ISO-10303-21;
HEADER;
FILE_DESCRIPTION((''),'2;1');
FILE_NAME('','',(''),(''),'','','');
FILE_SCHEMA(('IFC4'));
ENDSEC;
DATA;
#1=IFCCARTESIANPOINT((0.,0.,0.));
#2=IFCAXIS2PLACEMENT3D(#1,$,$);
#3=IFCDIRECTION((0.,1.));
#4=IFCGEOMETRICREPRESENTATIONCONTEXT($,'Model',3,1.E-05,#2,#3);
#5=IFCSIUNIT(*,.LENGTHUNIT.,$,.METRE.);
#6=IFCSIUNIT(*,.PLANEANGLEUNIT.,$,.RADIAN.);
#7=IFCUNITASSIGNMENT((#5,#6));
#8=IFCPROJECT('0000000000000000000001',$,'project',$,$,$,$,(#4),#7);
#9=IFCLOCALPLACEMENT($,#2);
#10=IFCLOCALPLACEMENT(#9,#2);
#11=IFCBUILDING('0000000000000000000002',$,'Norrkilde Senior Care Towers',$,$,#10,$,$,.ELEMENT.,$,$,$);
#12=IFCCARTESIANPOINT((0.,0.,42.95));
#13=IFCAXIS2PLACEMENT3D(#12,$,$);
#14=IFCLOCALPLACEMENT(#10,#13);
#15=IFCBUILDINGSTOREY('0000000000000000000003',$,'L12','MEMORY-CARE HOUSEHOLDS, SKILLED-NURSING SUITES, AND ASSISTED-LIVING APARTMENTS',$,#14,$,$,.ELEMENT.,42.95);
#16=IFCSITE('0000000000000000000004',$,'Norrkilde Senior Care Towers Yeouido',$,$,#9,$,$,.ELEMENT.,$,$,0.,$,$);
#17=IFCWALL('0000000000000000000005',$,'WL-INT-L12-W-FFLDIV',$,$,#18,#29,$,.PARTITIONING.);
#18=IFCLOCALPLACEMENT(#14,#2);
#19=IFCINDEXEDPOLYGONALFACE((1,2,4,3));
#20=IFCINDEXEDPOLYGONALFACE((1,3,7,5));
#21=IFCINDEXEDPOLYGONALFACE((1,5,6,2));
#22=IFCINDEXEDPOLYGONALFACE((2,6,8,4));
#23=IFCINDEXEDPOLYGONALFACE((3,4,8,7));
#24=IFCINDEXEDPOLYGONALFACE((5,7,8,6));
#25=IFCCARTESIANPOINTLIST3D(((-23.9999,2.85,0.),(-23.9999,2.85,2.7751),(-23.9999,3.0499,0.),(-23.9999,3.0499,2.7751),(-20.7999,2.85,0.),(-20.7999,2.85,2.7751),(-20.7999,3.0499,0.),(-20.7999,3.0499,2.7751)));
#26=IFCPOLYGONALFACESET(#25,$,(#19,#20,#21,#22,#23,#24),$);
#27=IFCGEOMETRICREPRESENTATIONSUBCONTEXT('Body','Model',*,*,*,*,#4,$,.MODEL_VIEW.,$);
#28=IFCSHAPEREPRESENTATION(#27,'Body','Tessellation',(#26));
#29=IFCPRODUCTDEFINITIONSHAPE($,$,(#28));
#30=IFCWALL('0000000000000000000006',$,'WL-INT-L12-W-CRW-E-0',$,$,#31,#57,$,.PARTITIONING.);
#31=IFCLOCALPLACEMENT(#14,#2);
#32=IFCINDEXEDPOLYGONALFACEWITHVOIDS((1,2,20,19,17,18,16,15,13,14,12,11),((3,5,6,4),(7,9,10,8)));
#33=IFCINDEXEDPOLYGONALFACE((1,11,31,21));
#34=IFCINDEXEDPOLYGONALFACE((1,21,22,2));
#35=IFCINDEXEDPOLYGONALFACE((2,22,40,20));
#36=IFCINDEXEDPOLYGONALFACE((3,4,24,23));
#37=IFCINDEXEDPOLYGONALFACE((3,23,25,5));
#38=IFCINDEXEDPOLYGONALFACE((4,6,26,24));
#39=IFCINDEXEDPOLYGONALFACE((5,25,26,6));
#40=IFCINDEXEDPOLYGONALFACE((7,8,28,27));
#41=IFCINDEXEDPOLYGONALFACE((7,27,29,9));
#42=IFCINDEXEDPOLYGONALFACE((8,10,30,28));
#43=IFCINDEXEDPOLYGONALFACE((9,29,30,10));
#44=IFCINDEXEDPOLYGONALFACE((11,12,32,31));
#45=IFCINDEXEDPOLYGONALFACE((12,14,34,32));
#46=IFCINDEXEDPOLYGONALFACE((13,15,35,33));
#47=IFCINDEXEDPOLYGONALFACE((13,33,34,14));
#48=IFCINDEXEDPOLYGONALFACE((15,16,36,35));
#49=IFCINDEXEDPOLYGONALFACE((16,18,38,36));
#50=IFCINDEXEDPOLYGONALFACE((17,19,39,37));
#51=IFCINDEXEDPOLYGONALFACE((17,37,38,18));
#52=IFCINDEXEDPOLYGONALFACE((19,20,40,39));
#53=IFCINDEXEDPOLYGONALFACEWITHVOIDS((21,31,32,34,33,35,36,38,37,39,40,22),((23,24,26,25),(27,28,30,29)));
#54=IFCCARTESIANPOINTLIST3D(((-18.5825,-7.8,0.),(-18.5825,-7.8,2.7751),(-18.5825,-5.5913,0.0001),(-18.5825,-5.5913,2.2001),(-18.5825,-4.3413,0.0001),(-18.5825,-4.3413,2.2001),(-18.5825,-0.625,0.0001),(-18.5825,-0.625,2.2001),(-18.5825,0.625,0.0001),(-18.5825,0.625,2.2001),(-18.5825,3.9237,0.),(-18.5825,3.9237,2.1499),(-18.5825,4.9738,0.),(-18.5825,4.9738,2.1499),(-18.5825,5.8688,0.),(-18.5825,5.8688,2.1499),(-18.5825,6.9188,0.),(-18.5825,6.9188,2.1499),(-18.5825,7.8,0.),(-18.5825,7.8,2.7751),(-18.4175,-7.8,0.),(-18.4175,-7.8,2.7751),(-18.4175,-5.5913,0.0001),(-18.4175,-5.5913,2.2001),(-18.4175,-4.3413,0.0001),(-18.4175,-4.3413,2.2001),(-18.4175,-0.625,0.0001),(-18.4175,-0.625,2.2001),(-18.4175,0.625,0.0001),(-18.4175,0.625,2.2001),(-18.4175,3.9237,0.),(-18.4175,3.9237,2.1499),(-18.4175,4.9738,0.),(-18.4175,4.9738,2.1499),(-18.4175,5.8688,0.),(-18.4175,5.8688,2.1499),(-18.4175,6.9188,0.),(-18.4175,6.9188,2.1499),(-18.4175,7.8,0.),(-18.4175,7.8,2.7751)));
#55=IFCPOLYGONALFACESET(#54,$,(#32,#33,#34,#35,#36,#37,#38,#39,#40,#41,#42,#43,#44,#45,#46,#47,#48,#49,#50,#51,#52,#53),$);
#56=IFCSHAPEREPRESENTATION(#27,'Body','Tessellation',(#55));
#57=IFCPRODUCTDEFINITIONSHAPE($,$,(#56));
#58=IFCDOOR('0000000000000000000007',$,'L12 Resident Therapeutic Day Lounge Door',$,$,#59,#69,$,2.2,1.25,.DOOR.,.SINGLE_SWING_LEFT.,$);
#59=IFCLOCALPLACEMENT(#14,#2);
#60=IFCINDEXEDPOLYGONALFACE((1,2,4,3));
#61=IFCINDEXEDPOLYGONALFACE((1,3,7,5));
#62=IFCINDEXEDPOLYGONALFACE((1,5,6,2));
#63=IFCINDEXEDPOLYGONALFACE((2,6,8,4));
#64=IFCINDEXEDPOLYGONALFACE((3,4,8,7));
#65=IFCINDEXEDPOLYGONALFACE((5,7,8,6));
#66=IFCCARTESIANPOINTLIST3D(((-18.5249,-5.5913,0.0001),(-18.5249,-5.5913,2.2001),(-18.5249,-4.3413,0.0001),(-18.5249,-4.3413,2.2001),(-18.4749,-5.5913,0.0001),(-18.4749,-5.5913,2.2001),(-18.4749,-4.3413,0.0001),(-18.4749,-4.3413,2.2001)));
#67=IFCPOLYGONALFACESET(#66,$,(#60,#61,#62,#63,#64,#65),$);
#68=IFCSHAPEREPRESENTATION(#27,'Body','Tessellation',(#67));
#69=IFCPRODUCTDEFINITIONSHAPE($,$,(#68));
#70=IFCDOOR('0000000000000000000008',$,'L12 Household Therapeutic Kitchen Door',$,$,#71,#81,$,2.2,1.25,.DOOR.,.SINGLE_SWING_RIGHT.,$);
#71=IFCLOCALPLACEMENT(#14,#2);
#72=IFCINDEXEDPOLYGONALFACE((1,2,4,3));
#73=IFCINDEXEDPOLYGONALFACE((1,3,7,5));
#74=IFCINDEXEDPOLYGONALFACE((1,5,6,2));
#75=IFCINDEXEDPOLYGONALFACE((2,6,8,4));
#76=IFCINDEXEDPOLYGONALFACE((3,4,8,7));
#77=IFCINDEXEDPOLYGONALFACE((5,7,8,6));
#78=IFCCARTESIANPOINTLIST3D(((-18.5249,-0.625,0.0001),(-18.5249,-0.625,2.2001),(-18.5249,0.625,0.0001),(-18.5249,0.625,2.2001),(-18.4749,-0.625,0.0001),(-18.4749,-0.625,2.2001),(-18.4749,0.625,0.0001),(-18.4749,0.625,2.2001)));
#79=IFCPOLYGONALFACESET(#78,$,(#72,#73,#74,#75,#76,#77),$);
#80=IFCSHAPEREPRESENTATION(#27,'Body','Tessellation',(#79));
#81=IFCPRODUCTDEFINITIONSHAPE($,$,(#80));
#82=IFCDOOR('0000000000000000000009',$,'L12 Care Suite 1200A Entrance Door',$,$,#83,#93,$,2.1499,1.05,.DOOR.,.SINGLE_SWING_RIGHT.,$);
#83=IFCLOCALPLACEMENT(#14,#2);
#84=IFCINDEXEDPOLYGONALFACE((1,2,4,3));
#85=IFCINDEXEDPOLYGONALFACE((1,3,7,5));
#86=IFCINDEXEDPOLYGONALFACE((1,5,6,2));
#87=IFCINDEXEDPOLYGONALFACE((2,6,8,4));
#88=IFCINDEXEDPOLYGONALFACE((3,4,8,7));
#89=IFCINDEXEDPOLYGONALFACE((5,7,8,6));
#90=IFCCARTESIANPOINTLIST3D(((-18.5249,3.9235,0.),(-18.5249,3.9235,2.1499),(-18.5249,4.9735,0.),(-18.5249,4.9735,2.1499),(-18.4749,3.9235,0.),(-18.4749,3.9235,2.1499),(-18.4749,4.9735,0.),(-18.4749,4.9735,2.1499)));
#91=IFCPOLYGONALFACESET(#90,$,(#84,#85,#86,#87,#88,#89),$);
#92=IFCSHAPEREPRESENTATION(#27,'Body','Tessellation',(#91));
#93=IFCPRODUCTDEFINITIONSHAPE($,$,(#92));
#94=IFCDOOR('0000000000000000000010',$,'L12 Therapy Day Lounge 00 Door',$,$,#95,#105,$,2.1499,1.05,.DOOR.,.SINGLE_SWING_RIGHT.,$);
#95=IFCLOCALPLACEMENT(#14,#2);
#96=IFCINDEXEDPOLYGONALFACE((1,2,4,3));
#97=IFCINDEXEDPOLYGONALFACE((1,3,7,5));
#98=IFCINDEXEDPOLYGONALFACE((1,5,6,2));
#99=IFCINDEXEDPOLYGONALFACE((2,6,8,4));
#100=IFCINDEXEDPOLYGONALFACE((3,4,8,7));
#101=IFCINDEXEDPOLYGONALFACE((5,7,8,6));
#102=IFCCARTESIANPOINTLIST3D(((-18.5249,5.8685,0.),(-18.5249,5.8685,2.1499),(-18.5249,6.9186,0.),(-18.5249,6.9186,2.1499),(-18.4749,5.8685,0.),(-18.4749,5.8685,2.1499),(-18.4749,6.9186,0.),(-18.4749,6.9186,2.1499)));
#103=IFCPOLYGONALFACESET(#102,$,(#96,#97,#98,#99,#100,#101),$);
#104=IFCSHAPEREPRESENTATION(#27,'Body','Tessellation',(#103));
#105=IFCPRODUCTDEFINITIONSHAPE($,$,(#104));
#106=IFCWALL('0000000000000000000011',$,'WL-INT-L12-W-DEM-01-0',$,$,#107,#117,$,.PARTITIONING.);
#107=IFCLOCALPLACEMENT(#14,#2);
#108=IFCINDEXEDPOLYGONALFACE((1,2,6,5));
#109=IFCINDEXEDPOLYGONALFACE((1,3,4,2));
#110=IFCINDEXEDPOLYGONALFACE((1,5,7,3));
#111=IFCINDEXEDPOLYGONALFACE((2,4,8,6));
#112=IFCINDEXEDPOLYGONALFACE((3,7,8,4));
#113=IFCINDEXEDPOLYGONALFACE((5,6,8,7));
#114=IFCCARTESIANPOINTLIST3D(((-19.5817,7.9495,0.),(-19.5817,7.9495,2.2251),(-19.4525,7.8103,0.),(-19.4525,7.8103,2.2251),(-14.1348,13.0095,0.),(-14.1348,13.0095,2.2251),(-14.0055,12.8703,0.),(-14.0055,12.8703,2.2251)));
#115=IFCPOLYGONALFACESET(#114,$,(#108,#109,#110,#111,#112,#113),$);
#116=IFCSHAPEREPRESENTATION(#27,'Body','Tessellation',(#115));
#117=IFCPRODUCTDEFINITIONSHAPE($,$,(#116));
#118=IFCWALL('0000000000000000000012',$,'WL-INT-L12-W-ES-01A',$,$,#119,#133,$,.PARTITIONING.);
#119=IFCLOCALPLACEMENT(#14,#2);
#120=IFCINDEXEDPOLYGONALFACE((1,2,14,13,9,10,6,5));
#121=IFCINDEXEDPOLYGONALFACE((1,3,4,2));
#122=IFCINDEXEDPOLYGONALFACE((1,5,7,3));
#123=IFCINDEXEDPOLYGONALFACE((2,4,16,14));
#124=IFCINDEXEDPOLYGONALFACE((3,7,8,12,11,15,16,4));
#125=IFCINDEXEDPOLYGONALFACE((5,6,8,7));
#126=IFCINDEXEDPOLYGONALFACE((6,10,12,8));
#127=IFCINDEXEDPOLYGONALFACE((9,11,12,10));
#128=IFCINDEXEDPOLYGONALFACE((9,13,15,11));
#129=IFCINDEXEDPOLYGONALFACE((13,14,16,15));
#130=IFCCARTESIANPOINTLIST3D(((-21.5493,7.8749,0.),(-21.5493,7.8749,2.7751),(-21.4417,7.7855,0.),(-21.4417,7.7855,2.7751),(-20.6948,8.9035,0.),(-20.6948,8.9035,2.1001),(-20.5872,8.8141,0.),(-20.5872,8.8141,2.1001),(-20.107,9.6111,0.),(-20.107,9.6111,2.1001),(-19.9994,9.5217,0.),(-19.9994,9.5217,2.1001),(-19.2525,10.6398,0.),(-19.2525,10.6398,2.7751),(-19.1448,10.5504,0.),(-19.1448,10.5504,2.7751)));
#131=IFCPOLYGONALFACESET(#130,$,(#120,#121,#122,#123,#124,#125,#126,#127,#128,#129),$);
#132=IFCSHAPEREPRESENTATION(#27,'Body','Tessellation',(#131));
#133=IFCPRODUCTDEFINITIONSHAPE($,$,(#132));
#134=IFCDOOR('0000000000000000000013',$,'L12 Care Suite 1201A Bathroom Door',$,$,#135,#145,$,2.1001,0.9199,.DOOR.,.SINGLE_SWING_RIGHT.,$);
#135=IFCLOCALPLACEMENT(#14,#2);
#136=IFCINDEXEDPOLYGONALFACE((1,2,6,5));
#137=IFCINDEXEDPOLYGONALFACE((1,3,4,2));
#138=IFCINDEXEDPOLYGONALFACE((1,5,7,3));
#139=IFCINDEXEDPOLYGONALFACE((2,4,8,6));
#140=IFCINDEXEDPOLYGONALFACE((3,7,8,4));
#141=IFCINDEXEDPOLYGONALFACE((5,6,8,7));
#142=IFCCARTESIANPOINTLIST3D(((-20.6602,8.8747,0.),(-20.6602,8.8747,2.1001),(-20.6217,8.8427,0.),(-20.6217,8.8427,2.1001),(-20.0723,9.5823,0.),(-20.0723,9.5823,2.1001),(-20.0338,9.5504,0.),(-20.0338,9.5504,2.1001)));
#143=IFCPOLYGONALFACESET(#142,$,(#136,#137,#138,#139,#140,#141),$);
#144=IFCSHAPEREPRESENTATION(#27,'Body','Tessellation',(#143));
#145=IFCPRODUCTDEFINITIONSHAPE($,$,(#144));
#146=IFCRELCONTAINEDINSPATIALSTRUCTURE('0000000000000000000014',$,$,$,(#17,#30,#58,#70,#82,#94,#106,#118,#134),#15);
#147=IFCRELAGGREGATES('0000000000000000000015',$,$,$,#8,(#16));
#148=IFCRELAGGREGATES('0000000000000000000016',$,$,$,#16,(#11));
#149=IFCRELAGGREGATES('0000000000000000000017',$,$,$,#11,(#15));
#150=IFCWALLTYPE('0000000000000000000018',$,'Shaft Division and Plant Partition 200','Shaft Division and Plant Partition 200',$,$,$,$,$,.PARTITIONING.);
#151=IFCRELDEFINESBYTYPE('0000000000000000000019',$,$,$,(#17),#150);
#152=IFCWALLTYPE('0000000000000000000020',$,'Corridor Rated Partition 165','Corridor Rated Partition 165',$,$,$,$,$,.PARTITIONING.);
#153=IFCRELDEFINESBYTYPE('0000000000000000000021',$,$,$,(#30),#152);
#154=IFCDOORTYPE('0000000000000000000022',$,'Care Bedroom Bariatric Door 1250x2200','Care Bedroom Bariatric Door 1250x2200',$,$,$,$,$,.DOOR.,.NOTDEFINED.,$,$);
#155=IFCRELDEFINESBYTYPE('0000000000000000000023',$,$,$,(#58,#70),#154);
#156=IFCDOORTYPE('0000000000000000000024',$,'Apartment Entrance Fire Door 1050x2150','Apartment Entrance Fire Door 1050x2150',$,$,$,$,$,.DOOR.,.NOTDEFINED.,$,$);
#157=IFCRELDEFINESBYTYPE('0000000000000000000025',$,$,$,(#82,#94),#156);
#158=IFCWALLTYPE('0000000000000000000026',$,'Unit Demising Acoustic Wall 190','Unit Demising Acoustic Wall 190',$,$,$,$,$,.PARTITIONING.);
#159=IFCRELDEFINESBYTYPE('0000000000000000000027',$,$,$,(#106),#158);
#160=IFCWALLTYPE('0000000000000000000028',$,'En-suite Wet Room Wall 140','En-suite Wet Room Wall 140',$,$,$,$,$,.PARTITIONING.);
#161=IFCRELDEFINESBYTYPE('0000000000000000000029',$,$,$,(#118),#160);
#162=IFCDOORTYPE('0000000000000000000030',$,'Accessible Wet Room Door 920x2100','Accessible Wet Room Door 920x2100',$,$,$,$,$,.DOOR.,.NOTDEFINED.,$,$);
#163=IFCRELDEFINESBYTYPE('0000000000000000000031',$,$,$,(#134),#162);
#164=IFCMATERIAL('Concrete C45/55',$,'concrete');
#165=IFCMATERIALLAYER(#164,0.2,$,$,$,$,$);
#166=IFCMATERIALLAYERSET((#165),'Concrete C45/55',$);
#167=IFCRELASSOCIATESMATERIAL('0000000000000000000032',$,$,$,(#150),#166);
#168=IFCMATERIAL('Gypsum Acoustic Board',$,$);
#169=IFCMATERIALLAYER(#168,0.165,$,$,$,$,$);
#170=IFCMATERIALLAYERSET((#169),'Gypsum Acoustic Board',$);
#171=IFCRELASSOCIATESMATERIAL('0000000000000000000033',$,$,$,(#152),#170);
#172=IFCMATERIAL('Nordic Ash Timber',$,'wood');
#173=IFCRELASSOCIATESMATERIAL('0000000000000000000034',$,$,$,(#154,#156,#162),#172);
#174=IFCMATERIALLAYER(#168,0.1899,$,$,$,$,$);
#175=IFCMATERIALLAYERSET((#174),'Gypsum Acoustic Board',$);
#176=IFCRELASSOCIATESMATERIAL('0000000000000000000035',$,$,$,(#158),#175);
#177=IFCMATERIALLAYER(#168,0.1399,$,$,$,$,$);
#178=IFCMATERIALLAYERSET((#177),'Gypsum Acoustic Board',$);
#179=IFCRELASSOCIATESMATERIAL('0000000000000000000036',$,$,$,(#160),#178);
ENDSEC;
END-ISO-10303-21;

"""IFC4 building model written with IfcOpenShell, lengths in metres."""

from ifc_helpers import new_model, si_unit, direction, frame, frame_2d, origin, place, context, subcontext, project, spatial, rectangle, extrude, source, transform, mapped, material, layer, layer_set, type_object, type_shapes, element, fill, save


model = new_model("IFC4")

# Units and contexts
model_context = context("Model", 3, precision=1e-05, world=origin(), true_north=direction((0.0, 1.0)))
body_context = subcontext(model_context, "Body", "Model", "MODEL_VIEW")
ifc_project = project(units=[si_unit("LENGTHUNIT", "METRE"), si_unit("PLANEANGLEUNIT", "RADIAN")], contexts=[model_context])

# Site, building, storey
site_placement = place(None, origin())
site = spatial("IfcSite", under=ifc_project, at=site_placement, Name="Norrkilde Senior Care Towers Yeouido", CompositionType="ELEMENT", RefElevation=0.0)
building_placement = place(site_placement, origin())
building = spatial("IfcBuilding", under=site, at=building_placement, Name="Norrkilde Senior Care Towers", CompositionType="ELEMENT")
storey_placement = place(building_placement, frame((0.0, 0.0, 42.95)))
storey = spatial("IfcBuildingStorey", under=building, at=storey_placement, Name="L12", Description="MEMORY-CARE HOUSEHOLDS, SKILLED-NURSING SUITES, AND ASSISTED-LIVING APARTMENTS", CompositionType="ELEMENT", Elevation=42.95)

# Shared definitions
ifc_material_1 = material(Name="Concrete C45/55", Category="concrete")

# Wall
ifc_layer_1 = layer(ifc_material_1, 0.2)
ifc_layer_set_1 = layer_set([ifc_layer_1], Name="Concrete C45/55")
wall_type_1 = type_object("IfcWallType", Name="Shaft Division and Plant Partition 200", Description="Shaft Division and Plant Partition 200", PredefinedType="PARTITIONING", material=ifc_layer_set_1)
shared_shape_1 = source(origin(), body_context, "Body", "SweptSolid", [
    extrude(rectangle(XDim=3.2, YDim=0.2, at=frame_2d((1.6001, 0.0))), origin(), (0.0, 0.0, 1.0), 2.7751),
])
type_shapes(wall_type_1, [shared_shape_1])
wall_1_placement = place(storey_placement, frame((-24.0, 2.95, 0.0), z_axis=(0.0, 0.0, 1.0), x_axis=(1.0, 0.0, 0.0)))
element("IfcWall", 1, at=wall_1_placement, inside=storey, type_object=wall_type_1, Name="WL-INT-L12-W-FFLDIV", PredefinedType="PARTITIONING", context=body_context, shape_type="MappedRepresentation", body=[
    mapped(shared_shape_1, transform((0.0, 0.0, 0.0), x_axis=(1.0, 0.0, 0.0), y_axis=(0.0, 1.0, 0.0), z_axis=(0.0, 0.0, 1.0), scale=1.0)),
])

# Wall, openings, doors
ifc_material_2 = material(Name="Gypsum Acoustic Board")
ifc_layer_2 = layer(ifc_material_2, 0.165)
ifc_layer_set_2 = layer_set([ifc_layer_2], Name="Gypsum Acoustic Board")
wall_type_2 = type_object("IfcWallType", Name="Corridor Rated Partition 165", Description="Corridor Rated Partition 165", PredefinedType="PARTITIONING", material=ifc_layer_set_2)
shared_shape_2 = source(origin(), body_context, "Body", "SweptSolid", [
    extrude(rectangle(XDim=15.6001, YDim=0.165, at=frame_2d((7.8, 0.0))), origin(), (0.0, 0.0, 1.0), 2.7751),
])
type_shapes(wall_type_2, [shared_shape_2])
wall_2_placement = place(storey_placement, frame((-18.5, 7.8, 0.0), z_axis=(0.0, 0.0, 1.0), x_axis=(0.0, -1.0, 0.0)))
wall_2 = element("IfcWall", 2, at=wall_2_placement, inside=storey, type_object=wall_type_2, Name="WL-INT-L12-W-CRW-E-0", PredefinedType="PARTITIONING", context=body_context, shape_type="MappedRepresentation", body=[
    mapped(shared_shape_2, transform((0.0, 0.0, 0.0), x_axis=(1.0, 0.0, 0.0), y_axis=(0.0, 1.0, 0.0), z_axis=(0.0, 0.0, 1.0), scale=1.0)),
])
opening_1_placement = place(wall_2_placement, frame((12.1414, 0.0, 0.0)))
opening_1 = element("IfcOpeningElement", 3, at=opening_1_placement, cuts=wall_2, PredefinedType="OPENING", context=body_context, shape_type="SweptSolid", body=[
    extrude(rectangle(XDim=1.25, YDim=2.2, at=frame_2d((0.625, 1.1001))), frame((0.0, 0.0925, 0.0), z_axis=(0.0, -1.0, 0.0), x_axis=(1.0, 0.0, 0.0)), (0.0, 0.0, 1.0), 0.1851),
])
opening_2_placement = place(wall_2_placement, frame((7.175, 0.0, 0.0)))
opening_2 = element("IfcOpeningElement", 4, at=opening_2_placement, cuts=wall_2, PredefinedType="OPENING", context=body_context, shape_type="SweptSolid", body=[
    extrude(rectangle(XDim=1.25, YDim=2.2, at=frame_2d((0.625, 1.1001))), frame((0.0, 0.0925, 0.0), z_axis=(0.0, -1.0, 0.0), x_axis=(1.0, 0.0, 0.0)), (0.0, 0.0, 1.0), 0.1851),
])
opening_3_placement = place(wall_2_placement, frame((2.8264, 0.0, 0.0)))
opening_3 = element("IfcOpeningElement", 5, at=opening_3_placement, cuts=wall_2, PredefinedType="OPENING", context=body_context, shape_type="SweptSolid", body=[
    extrude(rectangle(XDim=1.05, YDim=2.1499, at=frame_2d((0.5249, 1.075))), frame((0.0, 0.0925, 0.0), z_axis=(0.0, -1.0, 0.0), x_axis=(1.0, 0.0, 0.0)), (0.0, 0.0, 1.0), 0.1851),
])
opening_4_placement = place(wall_2_placement, frame((0.8813, 0.0, 0.0)))
opening_4 = element("IfcOpeningElement", 6, at=opening_4_placement, cuts=wall_2, PredefinedType="OPENING", context=body_context, shape_type="SweptSolid", body=[
    extrude(rectangle(XDim=1.05, YDim=2.1499, at=frame_2d((0.5249, 1.075))), frame((0.0, 0.0925, 0.0), z_axis=(0.0, -1.0, 0.0), x_axis=(1.0, 0.0, 0.0)), (0.0, 0.0, 1.0), 0.1851),
])
ifc_material_3 = material(Name="Nordic Ash Timber", Category="wood")
door_type_1 = type_object("IfcDoorType", Name="Care Bedroom Bariatric Door 1250x2200", Description="Care Bedroom Bariatric Door 1250x2200", OperationType="NOTDEFINED", PredefinedType="DOOR", material=ifc_material_3)
shared_shape_3 = source(origin(), body_context, "Body", "SweptSolid", [
    extrude(rectangle(XDim=1.25, YDim=2.2, at=frame_2d((0.625, 1.1001))), frame((0.0, 0.0249, 0.0), z_axis=(0.0, -1.0, 0.0), x_axis=(1.0, 0.0, 0.0)), (0.0, 0.0, 1.0), 0.05),
])
type_shapes(door_type_1, [shared_shape_3])
door_1_placement = place(opening_1_placement, frame((1.25, 0.0, 0.0), z_axis=(0.0, 0.0, 1.0), x_axis=(-1.0, 0.0, 0.0)))
door_1 = element("IfcDoor", 7, at=door_1_placement, inside=storey, type_object=door_type_1, Name="L12 Resident Therapeutic Day Lounge Door", OperationType="SINGLE_SWING_LEFT", OverallHeight=2.2, OverallWidth=1.25, PredefinedType="DOOR", context=body_context, shape_type="MappedRepresentation", body=[
    mapped(shared_shape_3, transform((0.0, 0.0, 0.0), x_axis=(1.0, 0.0, 0.0), y_axis=(0.0, 1.0, 0.0), z_axis=(0.0, 0.0, 1.0), scale=1.0)),
])
fill(opening_1, door_1)
door_2_placement = place(opening_2_placement, frame((1.25, 0.0, 0.0), z_axis=(0.0, 0.0, 1.0), x_axis=(-1.0, 0.0, 0.0)))
door_2 = element("IfcDoor", 8, at=door_2_placement, inside=storey, type_object=door_type_1, Name="L12 Household Therapeutic Kitchen Door", OperationType="SINGLE_SWING_RIGHT", OverallHeight=2.2, OverallWidth=1.25, PredefinedType="DOOR", context=body_context, shape_type="MappedRepresentation", body=[
    mapped(shared_shape_3, transform((0.0, 0.0, 0.0), x_axis=(1.0, 0.0, 0.0), y_axis=(0.0, 1.0, 0.0), z_axis=(0.0, 0.0, 1.0), scale=1.0)),
])
fill(opening_2, door_2)
door_type_2 = type_object("IfcDoorType", Name="Apartment Entrance Fire Door 1050x2150", Description="Apartment Entrance Fire Door 1050x2150", OperationType="NOTDEFINED", PredefinedType="DOOR", material=ifc_material_3)
shared_shape_4 = source(origin(), body_context, "Body", "SweptSolid", [
    extrude(rectangle(XDim=1.05, YDim=2.1499, at=frame_2d((0.5249, 1.075))), frame((0.0, 0.0249, 0.0), z_axis=(0.0, -1.0, 0.0), x_axis=(1.0, 0.0, 0.0)), (0.0, 0.0, 1.0), 0.05),
])
type_shapes(door_type_2, [shared_shape_4])
door_3_placement = place(opening_3_placement, frame((1.05, 0.0, 0.0), z_axis=(0.0, 0.0, 1.0), x_axis=(-1.0, 0.0, 0.0)))
door_3 = element("IfcDoor", 9, at=door_3_placement, inside=storey, type_object=door_type_2, Name="L12 Care Suite 1200A Entrance Door", OperationType="SINGLE_SWING_RIGHT", OverallHeight=2.1499, OverallWidth=1.05, PredefinedType="DOOR", context=body_context, shape_type="MappedRepresentation", body=[
    mapped(shared_shape_4, transform((0.0, 0.0, 0.0), x_axis=(1.0, 0.0, 0.0), y_axis=(0.0, 1.0, 0.0), z_axis=(0.0, 0.0, 1.0), scale=1.0)),
])
fill(opening_3, door_3)
door_4_placement = place(opening_4_placement, frame((1.05, 0.0, 0.0), z_axis=(0.0, 0.0, 1.0), x_axis=(-1.0, 0.0, 0.0)))
door_4 = element("IfcDoor", 10, at=door_4_placement, inside=storey, type_object=door_type_2, Name="L12 Therapy Day Lounge 00 Door", OperationType="SINGLE_SWING_RIGHT", OverallHeight=2.1499, OverallWidth=1.05, PredefinedType="DOOR", context=body_context, shape_type="MappedRepresentation", body=[
    mapped(shared_shape_4, transform((0.0, 0.0, 0.0), x_axis=(1.0, 0.0, 0.0), y_axis=(0.0, 1.0, 0.0), z_axis=(0.0, 0.0, 1.0), scale=1.0)),
])
fill(opening_4, door_4)

# Wall
ifc_layer_3 = layer(ifc_material_2, 0.1899)
ifc_layer_set_3 = layer_set([ifc_layer_3], Name="Gypsum Acoustic Board")
wall_type_3 = type_object("IfcWallType", Name="Unit Demising Acoustic Wall 190", Description="Unit Demising Acoustic Wall 190", PredefinedType="PARTITIONING", material=ifc_layer_set_3)
shared_shape_5 = source(origin(), body_context, "Body", "SweptSolid", [
    extrude(rectangle(XDim=7.4346, YDim=0.1899, at=frame_2d((3.7173, 0.0))), origin(), (0.0, 0.0, 1.0), 2.2251),
])
wall_3_placement = place(storey_placement, frame((-19.5171, 7.8799, 0.0), z_axis=(0.0, 0.0, 1.0), x_axis=(0.732652, 0.680603, 0.0)))
element("IfcWall", 11, at=wall_3_placement, inside=storey, type_object=wall_type_3, Name="WL-INT-L12-W-DEM-01-0", PredefinedType="PARTITIONING", context=body_context, shape_type="MappedRepresentation", body=[
    mapped(shared_shape_5, transform((0.0, 0.0, 0.0), x_axis=(1.0, 0.0, 0.0), y_axis=(0.0, 1.0, 0.0), z_axis=(0.0, 0.0, 1.0), scale=1.0)),
])

# Wall, opening, door
ifc_layer_4 = layer(ifc_material_2, 0.1399)
ifc_layer_set_4 = layer_set([ifc_layer_4], Name="Gypsum Acoustic Board")
wall_type_4 = type_object("IfcWallType", Name="En-suite Wet Room Wall 140", Description="En-suite Wet Room Wall 140", PredefinedType="PARTITIONING", material=ifc_layer_set_4)
shared_shape_6 = source(origin(), body_context, "Body", "SweptSolid", [
    extrude(rectangle(XDim=3.5945, YDim=0.1399, at=frame_2d((1.7974, 0.0))), origin(), (0.0, 0.0, 1.0), 2.7751),
])
wall_4_placement = place(storey_placement, frame((-21.4956, 7.8301, 0.0), z_axis=(0.0, 0.0, 1.0), x_axis=(0.639001, 0.769206, 0.0)))
wall_4 = element("IfcWall", 12, at=wall_4_placement, inside=storey, type_object=wall_type_4, Name="WL-INT-L12-W-ES-01A", PredefinedType="PARTITIONING", context=body_context, shape_type="MappedRepresentation", body=[
    mapped(shared_shape_6, transform((0.0, 0.0, 0.0), x_axis=(1.0, 0.0, 0.0), y_axis=(0.0, 1.0, 0.0), z_axis=(0.0, 0.0, 1.0), scale=1.0)),
])
opening_5_placement = place(wall_4_placement, frame((1.3374, 0.0, 0.0)))
opening_5 = element("IfcOpeningElement", 13, at=opening_5_placement, cuts=wall_4, PredefinedType="OPENING", context=body_context, shape_type="SweptSolid", body=[
    extrude(rectangle(XDim=0.9199, YDim=2.1001, at=frame_2d((0.46, 1.05))), frame((0.0, 0.0798, 0.0), z_axis=(0.0, -1.0, 0.0), x_axis=(1.0, 0.0, 0.0)), (0.0, 0.0, 1.0), 0.1599),
])
door_type_3 = type_object("IfcDoorType", Name="Accessible Wet Room Door 920x2100", Description="Accessible Wet Room Door 920x2100", OperationType="NOTDEFINED", PredefinedType="DOOR", material=ifc_material_3)
shared_shape_7 = source(origin(), body_context, "Body", "SweptSolid", [
    extrude(rectangle(XDim=0.9199, YDim=2.1001, at=frame_2d((0.46, 1.05))), frame((0.0, 0.0249, 0.0), z_axis=(0.0, -1.0, 0.0), x_axis=(1.0, 0.0, 0.0)), (0.0, 0.0, 1.0), 0.05),
])
type_shapes(door_type_3, [shared_shape_7])
door_5_placement = place(opening_5_placement, origin())
door_5 = element("IfcDoor", 14, at=door_5_placement, inside=storey, type_object=door_type_3, Name="L12 Care Suite 1201A Bathroom Door", OperationType="SINGLE_SWING_RIGHT", OverallHeight=2.1001, OverallWidth=0.9199, PredefinedType="DOOR", context=body_context, shape_type="MappedRepresentation", body=[
    mapped(shared_shape_7, transform((0.0, 0.0, 0.0), x_axis=(1.0, 0.0, 0.0), y_axis=(0.0, 1.0, 0.0), z_axis=(0.0, 0.0, 1.0), scale=1.0)),
])
fill(opening_5, door_5)

save(model, "model.ifc")
